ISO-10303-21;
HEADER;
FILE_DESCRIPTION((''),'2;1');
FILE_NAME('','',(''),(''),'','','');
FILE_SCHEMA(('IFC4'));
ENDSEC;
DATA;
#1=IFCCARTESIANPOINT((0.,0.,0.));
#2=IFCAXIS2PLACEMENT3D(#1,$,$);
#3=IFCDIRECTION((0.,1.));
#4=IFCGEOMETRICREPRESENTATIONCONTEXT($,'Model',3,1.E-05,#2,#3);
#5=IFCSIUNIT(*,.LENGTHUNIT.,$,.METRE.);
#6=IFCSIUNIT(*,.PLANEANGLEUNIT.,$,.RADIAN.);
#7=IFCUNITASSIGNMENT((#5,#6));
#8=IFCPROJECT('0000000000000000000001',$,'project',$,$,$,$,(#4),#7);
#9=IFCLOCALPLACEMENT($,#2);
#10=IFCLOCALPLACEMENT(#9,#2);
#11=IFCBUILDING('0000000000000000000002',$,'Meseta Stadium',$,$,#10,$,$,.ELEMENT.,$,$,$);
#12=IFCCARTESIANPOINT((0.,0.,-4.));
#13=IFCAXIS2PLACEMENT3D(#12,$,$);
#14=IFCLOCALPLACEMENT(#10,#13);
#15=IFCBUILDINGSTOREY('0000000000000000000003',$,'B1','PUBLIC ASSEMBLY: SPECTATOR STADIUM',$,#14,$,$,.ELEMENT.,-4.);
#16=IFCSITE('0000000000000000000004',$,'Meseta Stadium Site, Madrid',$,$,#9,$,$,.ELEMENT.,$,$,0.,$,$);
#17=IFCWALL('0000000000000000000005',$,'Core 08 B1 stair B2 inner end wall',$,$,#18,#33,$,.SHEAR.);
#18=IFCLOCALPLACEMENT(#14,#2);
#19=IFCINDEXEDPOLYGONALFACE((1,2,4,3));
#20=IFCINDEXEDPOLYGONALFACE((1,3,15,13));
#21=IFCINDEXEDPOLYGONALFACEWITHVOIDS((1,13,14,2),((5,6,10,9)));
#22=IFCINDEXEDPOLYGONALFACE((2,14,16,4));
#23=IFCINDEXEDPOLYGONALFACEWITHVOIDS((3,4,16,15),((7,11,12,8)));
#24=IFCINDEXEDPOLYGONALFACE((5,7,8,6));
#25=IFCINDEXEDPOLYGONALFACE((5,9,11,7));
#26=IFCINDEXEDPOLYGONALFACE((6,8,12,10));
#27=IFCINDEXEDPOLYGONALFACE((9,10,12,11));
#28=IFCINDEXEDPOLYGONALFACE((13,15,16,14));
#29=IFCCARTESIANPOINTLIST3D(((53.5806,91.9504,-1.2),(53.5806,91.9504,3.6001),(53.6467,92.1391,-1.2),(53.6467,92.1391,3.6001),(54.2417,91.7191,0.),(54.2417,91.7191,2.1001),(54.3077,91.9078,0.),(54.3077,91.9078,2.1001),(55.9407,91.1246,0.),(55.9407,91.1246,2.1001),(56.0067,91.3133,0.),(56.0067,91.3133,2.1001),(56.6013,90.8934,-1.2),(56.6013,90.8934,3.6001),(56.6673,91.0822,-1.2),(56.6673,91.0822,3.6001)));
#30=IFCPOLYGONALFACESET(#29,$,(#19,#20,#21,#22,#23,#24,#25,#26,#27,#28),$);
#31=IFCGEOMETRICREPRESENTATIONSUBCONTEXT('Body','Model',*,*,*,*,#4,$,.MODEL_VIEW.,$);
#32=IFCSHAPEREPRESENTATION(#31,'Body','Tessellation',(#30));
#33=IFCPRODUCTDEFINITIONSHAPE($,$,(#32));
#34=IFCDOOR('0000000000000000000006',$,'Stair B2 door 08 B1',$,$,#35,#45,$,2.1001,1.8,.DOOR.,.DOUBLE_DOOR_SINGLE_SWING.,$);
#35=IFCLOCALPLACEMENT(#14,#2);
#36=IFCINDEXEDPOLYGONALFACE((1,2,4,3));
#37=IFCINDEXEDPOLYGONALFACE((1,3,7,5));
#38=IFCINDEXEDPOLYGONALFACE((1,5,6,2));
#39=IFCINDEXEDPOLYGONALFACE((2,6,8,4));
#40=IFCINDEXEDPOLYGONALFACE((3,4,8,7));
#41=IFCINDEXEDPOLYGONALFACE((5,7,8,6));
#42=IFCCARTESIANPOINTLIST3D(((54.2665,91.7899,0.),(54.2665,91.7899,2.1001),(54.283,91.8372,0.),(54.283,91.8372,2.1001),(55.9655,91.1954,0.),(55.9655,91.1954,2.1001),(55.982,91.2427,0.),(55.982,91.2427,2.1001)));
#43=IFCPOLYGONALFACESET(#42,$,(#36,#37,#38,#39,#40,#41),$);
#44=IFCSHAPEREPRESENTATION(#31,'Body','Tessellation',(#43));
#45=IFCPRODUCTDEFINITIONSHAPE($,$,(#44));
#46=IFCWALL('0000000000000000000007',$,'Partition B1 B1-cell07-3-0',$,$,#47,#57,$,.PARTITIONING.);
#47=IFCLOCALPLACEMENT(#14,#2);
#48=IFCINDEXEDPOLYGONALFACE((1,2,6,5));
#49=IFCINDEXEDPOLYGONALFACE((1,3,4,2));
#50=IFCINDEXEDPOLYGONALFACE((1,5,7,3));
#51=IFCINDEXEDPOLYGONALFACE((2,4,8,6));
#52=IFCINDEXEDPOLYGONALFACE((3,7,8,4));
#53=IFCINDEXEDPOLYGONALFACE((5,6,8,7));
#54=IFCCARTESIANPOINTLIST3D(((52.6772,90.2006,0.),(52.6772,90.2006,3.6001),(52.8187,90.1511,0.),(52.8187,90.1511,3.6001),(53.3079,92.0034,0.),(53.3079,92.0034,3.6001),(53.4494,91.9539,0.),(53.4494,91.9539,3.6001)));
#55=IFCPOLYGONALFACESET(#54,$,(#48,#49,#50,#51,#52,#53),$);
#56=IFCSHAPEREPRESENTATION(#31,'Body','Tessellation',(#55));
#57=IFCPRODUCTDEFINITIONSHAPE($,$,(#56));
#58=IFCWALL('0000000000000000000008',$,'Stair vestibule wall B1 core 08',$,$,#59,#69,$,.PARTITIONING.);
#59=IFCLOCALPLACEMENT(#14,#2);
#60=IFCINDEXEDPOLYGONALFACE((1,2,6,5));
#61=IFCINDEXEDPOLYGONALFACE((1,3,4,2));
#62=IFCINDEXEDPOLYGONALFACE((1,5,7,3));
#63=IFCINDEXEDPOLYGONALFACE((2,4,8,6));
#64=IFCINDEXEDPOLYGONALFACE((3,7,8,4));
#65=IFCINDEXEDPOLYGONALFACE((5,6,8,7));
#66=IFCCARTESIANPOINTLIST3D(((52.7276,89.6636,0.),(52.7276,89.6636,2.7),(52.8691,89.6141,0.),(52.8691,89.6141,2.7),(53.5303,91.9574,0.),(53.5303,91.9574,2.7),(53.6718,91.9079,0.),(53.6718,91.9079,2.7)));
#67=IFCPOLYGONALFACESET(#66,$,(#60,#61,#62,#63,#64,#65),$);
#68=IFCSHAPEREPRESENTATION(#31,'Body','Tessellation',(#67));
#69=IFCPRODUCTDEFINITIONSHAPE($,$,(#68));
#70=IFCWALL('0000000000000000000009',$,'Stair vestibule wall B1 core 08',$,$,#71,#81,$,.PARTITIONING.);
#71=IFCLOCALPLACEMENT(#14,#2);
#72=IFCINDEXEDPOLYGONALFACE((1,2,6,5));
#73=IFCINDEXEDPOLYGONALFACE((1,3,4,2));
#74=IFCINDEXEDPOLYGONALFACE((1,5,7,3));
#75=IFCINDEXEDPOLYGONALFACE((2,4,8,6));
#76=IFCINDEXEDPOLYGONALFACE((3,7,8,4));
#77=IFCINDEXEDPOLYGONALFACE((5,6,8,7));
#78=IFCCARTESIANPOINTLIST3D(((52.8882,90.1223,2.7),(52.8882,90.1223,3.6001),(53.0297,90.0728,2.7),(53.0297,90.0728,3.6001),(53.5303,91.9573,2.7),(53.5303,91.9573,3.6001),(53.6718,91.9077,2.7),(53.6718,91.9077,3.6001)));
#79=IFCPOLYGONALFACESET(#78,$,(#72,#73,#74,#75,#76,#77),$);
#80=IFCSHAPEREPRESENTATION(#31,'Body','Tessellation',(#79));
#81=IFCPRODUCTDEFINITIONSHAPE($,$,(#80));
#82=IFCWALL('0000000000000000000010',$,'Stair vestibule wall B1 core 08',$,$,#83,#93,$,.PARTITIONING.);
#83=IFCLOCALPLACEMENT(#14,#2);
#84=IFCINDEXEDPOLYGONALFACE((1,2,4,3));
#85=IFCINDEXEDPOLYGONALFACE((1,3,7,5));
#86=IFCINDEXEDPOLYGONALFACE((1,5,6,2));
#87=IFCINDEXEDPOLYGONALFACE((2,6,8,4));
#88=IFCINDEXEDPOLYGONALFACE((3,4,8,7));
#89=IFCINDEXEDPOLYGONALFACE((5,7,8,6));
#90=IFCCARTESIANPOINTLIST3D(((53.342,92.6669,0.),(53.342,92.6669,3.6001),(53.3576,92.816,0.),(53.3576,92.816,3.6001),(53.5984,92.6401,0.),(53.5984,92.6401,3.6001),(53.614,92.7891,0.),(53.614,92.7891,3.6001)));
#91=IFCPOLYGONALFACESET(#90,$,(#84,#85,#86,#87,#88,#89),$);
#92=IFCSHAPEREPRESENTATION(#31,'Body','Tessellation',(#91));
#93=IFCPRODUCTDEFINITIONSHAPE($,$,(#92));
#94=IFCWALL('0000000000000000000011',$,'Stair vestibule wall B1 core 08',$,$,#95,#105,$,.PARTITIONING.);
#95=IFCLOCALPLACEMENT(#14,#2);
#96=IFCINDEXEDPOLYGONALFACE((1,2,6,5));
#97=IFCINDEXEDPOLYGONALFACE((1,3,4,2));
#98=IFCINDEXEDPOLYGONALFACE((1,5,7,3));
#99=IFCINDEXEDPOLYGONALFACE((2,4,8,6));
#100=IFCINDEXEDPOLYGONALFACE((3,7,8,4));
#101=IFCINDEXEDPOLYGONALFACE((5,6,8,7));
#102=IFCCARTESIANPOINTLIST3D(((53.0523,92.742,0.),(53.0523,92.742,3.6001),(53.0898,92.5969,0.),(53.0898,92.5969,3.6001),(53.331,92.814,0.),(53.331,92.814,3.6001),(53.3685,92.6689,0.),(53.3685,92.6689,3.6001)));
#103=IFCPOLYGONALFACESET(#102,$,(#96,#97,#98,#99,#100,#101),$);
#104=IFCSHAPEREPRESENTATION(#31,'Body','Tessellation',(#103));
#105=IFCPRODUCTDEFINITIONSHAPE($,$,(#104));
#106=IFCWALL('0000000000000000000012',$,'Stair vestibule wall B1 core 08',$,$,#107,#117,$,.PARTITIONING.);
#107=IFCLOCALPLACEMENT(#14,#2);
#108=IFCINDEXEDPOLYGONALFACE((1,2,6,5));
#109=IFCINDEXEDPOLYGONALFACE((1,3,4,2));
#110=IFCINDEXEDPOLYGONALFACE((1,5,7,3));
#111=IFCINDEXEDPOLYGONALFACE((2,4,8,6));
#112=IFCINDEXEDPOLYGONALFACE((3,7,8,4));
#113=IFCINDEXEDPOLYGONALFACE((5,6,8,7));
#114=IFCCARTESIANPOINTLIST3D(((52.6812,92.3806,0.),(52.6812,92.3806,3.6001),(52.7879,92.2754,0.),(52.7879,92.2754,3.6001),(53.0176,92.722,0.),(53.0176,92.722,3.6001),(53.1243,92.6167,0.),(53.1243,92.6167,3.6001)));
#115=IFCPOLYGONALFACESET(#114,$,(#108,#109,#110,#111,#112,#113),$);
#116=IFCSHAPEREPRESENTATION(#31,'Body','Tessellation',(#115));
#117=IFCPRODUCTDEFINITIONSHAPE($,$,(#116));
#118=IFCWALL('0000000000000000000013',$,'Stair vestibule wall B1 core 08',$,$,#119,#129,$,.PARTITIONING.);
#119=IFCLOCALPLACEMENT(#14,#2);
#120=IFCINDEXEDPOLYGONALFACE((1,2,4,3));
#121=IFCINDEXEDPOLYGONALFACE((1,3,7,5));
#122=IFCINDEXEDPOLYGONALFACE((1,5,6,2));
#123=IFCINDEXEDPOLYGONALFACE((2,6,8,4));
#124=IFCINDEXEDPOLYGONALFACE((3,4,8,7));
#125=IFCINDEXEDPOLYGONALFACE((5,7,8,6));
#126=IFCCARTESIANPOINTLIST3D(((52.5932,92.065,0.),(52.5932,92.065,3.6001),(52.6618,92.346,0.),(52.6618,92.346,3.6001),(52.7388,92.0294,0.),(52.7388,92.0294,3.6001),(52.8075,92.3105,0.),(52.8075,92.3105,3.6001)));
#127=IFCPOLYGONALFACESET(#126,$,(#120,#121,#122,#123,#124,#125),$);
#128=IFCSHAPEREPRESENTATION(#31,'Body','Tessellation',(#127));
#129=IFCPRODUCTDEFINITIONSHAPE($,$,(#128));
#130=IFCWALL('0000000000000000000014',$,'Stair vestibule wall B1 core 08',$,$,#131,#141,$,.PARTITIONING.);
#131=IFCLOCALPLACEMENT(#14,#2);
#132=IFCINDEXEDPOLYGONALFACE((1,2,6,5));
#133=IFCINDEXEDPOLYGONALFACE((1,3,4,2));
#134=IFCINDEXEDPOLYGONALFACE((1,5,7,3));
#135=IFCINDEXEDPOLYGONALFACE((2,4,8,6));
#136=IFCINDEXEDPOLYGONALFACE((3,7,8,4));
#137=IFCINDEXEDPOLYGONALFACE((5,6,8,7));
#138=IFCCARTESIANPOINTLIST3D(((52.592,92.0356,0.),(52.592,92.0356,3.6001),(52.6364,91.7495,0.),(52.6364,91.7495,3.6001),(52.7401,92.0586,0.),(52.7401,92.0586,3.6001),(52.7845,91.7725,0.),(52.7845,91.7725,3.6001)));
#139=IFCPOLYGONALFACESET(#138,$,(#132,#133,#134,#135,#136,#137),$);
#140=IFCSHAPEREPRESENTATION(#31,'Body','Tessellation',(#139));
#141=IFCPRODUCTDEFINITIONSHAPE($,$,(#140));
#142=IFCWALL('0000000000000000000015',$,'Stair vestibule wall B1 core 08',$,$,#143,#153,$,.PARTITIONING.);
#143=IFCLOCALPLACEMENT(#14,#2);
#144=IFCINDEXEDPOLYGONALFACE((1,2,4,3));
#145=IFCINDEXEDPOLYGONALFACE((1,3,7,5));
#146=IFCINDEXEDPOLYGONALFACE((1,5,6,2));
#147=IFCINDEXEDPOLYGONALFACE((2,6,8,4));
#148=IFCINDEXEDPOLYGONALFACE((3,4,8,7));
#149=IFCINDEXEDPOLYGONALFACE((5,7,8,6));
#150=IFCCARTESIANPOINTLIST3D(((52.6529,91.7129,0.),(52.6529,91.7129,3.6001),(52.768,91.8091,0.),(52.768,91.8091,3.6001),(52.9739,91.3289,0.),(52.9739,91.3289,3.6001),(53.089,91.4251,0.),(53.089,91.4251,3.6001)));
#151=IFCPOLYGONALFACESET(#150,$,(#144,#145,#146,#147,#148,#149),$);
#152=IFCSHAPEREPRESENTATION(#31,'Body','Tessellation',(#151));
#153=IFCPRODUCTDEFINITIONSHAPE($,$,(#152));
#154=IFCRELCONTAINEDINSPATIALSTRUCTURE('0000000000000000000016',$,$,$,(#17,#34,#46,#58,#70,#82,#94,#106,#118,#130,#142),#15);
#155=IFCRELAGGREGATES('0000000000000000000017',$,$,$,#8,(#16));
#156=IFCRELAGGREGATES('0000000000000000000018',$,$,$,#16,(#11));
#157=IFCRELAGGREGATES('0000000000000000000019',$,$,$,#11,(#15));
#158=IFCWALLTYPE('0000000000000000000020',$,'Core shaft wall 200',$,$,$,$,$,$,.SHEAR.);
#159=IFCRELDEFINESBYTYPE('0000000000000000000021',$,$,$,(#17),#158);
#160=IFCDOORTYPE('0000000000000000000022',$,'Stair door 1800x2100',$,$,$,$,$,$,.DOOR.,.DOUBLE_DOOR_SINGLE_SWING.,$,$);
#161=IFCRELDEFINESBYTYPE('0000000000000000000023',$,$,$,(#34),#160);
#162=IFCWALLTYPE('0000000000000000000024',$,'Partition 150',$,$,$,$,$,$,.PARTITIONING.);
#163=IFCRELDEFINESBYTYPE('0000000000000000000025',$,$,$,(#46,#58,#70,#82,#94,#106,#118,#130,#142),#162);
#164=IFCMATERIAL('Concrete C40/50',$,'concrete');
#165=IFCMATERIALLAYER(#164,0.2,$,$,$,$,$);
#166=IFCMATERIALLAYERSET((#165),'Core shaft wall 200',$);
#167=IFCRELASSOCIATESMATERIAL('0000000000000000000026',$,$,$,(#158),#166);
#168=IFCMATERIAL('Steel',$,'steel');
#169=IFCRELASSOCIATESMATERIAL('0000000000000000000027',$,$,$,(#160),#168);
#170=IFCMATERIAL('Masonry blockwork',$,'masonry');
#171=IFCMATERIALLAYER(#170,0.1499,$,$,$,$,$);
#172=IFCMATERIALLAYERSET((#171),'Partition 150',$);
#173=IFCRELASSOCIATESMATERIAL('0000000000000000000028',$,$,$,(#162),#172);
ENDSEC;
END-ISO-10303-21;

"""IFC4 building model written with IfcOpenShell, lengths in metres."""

from ifc_helpers import new_model, si_unit, direction, frame, frame_2d, origin, place, context, subcontext, project, spatial, rectangle, extrude, material, layer, layer_set, type_object, element, fill, save


model = new_model("IFC4")

# Units and contexts
model_context = context("Model", 3, precision=1e-05, world=origin(), true_north=direction((0.0, 1.0)))
body_context = subcontext(model_context, "Body", "Model", "MODEL_VIEW")
ifc_project = project(units=[si_unit("LENGTHUNIT", "METRE"), si_unit("PLANEANGLEUNIT", "RADIAN")], contexts=[model_context])

# Site, building, storey
site_placement = place(None, origin())
site = spatial("IfcSite", under=ifc_project, at=site_placement, Name="Meseta Stadium Site, Madrid", CompositionType="ELEMENT", RefElevation=0.0)
building_placement = place(site_placement, origin())
building = spatial("IfcBuilding", under=site, at=building_placement, Name="Meseta Stadium", CompositionType="ELEMENT")
storey_placement = place(building_placement, frame((0.0, 0.0, -4.0)))
storey = spatial("IfcBuildingStorey", under=building, at=storey_placement, Name="B1", Description="PUBLIC ASSEMBLY: SPECTATOR STADIUM", CompositionType="ELEMENT", Elevation=-4.0)

# Wall, opening, door
ifc_material_1 = material(Name="Concrete C40/50", Category="concrete")
ifc_layer_1 = layer(ifc_material_1, 0.2)
ifc_layer_set_1 = layer_set([ifc_layer_1], Name="Core shaft wall 200")
wall_type_1 = type_object("IfcWallType", Name="Core shaft wall 200", PredefinedType="SHEAR", material=ifc_layer_set_1)
wall_1_placement = place(storey_placement, frame((56.6343, 90.9878, -1.2), z_axis=(0.0, 0.0, 1.0), x_axis=(-0.943887, 0.330269, 0.0)))
wall_1 = element("IfcWall", 1, at=wall_1_placement, inside=storey, type_object=wall_type_1, Name="Core 08 B1 stair B2 inner end wall", PredefinedType="SHEAR", context=body_context, shape_type="SweptSolid", body=[
    extrude(rectangle(XDim=3.2002, YDim=0.2, at=frame_2d((1.6001, 0.0))), origin(), (0.0, 0.0, 1.0), 4.8),
])
opening_placement = place(wall_1_placement, frame((0.7, 0.0, 1.2)))
opening = element("IfcOpeningElement", 2, at=opening_placement, cuts=wall_1, PredefinedType="OPENING", context=body_context, shape_type="SweptSolid", body=[
    extrude(rectangle(XDim=1.8, YDim=2.1001, at=frame_2d((0.8999, 1.05))), frame((0.0, 0.1099, 0.0), z_axis=(0.0, -1.0, 0.0), x_axis=(1.0, 0.0, 0.0)), (0.0, 0.0, 1.0), 0.22),
])
ifc_material_2 = material(Name="Steel", Category="steel")
door_type = type_object("IfcDoorType", Name="Stair door 1800x2100", OperationType="DOUBLE_DOOR_SINGLE_SWING", PredefinedType="DOOR", material=ifc_material_2)
door_placement = place(opening_placement, origin())
door = element("IfcDoor", 3, at=door_placement, inside=storey, type_object=door_type, Name="Stair B2 door 08 B1", OperationType="DOUBLE_DOOR_SINGLE_SWING", OverallHeight=2.1001, OverallWidth=1.8, PredefinedType="DOOR", context=body_context, shape_type="SweptSolid", body=[
    extrude(rectangle(XDim=1.8, YDim=2.1001, at=frame_2d((0.8999, 1.05))), frame((0.0, 0.0249, 0.0), z_axis=(0.0, -1.0, 0.0), x_axis=(1.0, 0.0, 0.0)), (0.0, 0.0, 1.0), 0.05),
])
fill(opening, door)

# Walls
ifc_material_3 = material(Name="Masonry blockwork", Category="masonry")
ifc_layer_2 = layer(ifc_material_3, 0.1499)
ifc_layer_set_2 = layer_set([ifc_layer_2], Name="Partition 150")
wall_type_2 = type_object("IfcWallType", Name="Partition 150", PredefinedType="PARTITIONING", material=ifc_layer_set_2)
wall_2_placement = place(storey_placement, frame((53.3787, 91.9788, 0.0), z_axis=(0.0, 0.0, 1.0), x_axis=(-0.330191, -0.943914, 0.0)))
element("IfcWall", 4, at=wall_2_placement, inside=storey, type_object=wall_type_2, Name="Partition B1 B1-cell07-3-0", PredefinedType="PARTITIONING", context=body_context, shape_type="SweptSolid", body=[
    extrude(rectangle(XDim=1.9099, YDim=0.1499, at=frame_2d((0.9551, 0.0))), origin(), (0.0, 0.0, 1.0), 3.6001),
])
wall_3_placement = place(storey_placement, frame((53.6011, 91.9326, 0.0), z_axis=(0.0, 0.0, 1.0), x_axis=(-0.330328, -0.943866, 0.0)))
element("IfcWall", 5, at=wall_3_placement, inside=storey, type_object=wall_type_2, Name="Stair vestibule wall B1 core 08", PredefinedType="PARTITIONING", context=body_context, shape_type="SweptSolid", body=[
    extrude(rectangle(XDim=2.4302, YDim=0.1499, at=frame_2d((1.2151, 0.0))), origin(), (0.0, 0.0, 1.0), 2.7),
])
wall_4_placement = place(storey_placement, frame((53.6011, 91.9326, 2.7), z_axis=(0.0, 0.0, 1.0), x_axis=(-0.330283, -0.943882, 0.0)))
element("IfcWall", 6, at=wall_4_placement, inside=storey, type_object=wall_type_2, Name="Stair vestibule wall B1 core 08", PredefinedType="PARTITIONING", context=body_context, shape_type="SweptSolid", body=[
    extrude(rectangle(XDim=1.9441, YDim=0.1499, at=frame_2d((0.9722, 0.0))), origin(), (0.0, 0.0, 1.0), 0.9001),
])
wall_5_placement = place(storey_placement, frame((53.6062, 92.7146, 0.0), z_axis=(0.0, 0.0, 1.0), x_axis=(-0.994557, 0.104192, 0.0)))
element("IfcWall", 7, at=wall_5_placement, inside=storey, type_object=wall_type_2, Name="Stair vestibule wall B1 core 08", PredefinedType="PARTITIONING", context=body_context, shape_type="SweptSolid", body=[
    extrude(rectangle(XDim=0.2578, YDim=0.1499, at=frame_2d((0.1289, 0.0))), origin(), (0.0, 0.0, 1.0), 3.6001),
])
wall_6_placement = place(storey_placement, frame((53.3499, 92.7415, 0.0), z_axis=(0.0, 0.0, 1.0), x_axis=(-0.968218, -0.250109, 0.0)))
element("IfcWall", 8, at=wall_6_placement, inside=storey, type_object=wall_type_2, Name="Stair vestibule wall B1 core 08", PredefinedType="PARTITIONING", context=body_context, shape_type="SweptSolid", body=[
    extrude(rectangle(XDim=0.2878, YDim=0.1499, at=frame_2d((0.144, 0.0))), origin(), (0.0, 0.0, 1.0), 3.6001),
])
wall_7_placement = place(storey_placement, frame((53.071, 92.6694, 0.0), z_axis=(0.0, 0.0, 1.0), x_axis=(-0.701994, -0.712183, 0.0)))
element("IfcWall", 9, at=wall_7_placement, inside=storey, type_object=wall_type_2, Name="Stair vestibule wall B1 core 08", PredefinedType="PARTITIONING", context=body_context, shape_type="SweptSolid", body=[
    extrude(rectangle(XDim=0.4792, YDim=0.1499, at=frame_2d((0.2397, 0.0))), origin(), (0.0, 0.0, 1.0), 3.6001),
])
wall_8_placement = place(storey_placement, frame((52.7346, 92.3281, 0.0), z_axis=(0.0, 0.0, 1.0), x_axis=(-0.23717, -0.971468, 0.0)))
element("IfcWall", 10, at=wall_8_placement, inside=storey, type_object=wall_type_2, Name="Stair vestibule wall B1 core 08", PredefinedType="PARTITIONING", context=body_context, shape_type="SweptSolid", body=[
    extrude(rectangle(XDim=0.2893, YDim=0.1499, at=frame_2d((0.1445, 0.0))), origin(), (0.0, 0.0, 1.0), 3.6001),
])
wall_9_placement = place(storey_placement, frame((52.666, 92.0471, 0.0), z_axis=(0.0, 0.0, 1.0), x_axis=(0.153451, -0.988156, 0.0)))
element("IfcWall", 11, at=wall_9_placement, inside=storey, type_object=wall_type_2, Name="Stair vestibule wall B1 core 08", PredefinedType="PARTITIONING", context=body_context, shape_type="SweptSolid", body=[
    extrude(rectangle(XDim=0.2896, YDim=0.1499, at=frame_2d((0.1448, 0.0))), origin(), (0.0, 0.0, 1.0), 3.6001),
])
wall_10_placement = place(storey_placement, frame((52.7104, 91.761, 0.0), z_axis=(0.0, 0.0, 1.0), x_axis=(0.641383, -0.767221, 0.0)))
element("IfcWall", 12, at=wall_10_placement, inside=storey, type_object=wall_type_2, Name="Stair vestibule wall B1 core 08", PredefinedType="PARTITIONING", context=body_context, shape_type="SweptSolid", body=[
    extrude(rectangle(XDim=0.5005, YDim=0.1499, at=frame_2d((0.2502, 0.0))), origin(), (0.0, 0.0, 1.0), 3.6001),
])

save(model, "model.ifc")
